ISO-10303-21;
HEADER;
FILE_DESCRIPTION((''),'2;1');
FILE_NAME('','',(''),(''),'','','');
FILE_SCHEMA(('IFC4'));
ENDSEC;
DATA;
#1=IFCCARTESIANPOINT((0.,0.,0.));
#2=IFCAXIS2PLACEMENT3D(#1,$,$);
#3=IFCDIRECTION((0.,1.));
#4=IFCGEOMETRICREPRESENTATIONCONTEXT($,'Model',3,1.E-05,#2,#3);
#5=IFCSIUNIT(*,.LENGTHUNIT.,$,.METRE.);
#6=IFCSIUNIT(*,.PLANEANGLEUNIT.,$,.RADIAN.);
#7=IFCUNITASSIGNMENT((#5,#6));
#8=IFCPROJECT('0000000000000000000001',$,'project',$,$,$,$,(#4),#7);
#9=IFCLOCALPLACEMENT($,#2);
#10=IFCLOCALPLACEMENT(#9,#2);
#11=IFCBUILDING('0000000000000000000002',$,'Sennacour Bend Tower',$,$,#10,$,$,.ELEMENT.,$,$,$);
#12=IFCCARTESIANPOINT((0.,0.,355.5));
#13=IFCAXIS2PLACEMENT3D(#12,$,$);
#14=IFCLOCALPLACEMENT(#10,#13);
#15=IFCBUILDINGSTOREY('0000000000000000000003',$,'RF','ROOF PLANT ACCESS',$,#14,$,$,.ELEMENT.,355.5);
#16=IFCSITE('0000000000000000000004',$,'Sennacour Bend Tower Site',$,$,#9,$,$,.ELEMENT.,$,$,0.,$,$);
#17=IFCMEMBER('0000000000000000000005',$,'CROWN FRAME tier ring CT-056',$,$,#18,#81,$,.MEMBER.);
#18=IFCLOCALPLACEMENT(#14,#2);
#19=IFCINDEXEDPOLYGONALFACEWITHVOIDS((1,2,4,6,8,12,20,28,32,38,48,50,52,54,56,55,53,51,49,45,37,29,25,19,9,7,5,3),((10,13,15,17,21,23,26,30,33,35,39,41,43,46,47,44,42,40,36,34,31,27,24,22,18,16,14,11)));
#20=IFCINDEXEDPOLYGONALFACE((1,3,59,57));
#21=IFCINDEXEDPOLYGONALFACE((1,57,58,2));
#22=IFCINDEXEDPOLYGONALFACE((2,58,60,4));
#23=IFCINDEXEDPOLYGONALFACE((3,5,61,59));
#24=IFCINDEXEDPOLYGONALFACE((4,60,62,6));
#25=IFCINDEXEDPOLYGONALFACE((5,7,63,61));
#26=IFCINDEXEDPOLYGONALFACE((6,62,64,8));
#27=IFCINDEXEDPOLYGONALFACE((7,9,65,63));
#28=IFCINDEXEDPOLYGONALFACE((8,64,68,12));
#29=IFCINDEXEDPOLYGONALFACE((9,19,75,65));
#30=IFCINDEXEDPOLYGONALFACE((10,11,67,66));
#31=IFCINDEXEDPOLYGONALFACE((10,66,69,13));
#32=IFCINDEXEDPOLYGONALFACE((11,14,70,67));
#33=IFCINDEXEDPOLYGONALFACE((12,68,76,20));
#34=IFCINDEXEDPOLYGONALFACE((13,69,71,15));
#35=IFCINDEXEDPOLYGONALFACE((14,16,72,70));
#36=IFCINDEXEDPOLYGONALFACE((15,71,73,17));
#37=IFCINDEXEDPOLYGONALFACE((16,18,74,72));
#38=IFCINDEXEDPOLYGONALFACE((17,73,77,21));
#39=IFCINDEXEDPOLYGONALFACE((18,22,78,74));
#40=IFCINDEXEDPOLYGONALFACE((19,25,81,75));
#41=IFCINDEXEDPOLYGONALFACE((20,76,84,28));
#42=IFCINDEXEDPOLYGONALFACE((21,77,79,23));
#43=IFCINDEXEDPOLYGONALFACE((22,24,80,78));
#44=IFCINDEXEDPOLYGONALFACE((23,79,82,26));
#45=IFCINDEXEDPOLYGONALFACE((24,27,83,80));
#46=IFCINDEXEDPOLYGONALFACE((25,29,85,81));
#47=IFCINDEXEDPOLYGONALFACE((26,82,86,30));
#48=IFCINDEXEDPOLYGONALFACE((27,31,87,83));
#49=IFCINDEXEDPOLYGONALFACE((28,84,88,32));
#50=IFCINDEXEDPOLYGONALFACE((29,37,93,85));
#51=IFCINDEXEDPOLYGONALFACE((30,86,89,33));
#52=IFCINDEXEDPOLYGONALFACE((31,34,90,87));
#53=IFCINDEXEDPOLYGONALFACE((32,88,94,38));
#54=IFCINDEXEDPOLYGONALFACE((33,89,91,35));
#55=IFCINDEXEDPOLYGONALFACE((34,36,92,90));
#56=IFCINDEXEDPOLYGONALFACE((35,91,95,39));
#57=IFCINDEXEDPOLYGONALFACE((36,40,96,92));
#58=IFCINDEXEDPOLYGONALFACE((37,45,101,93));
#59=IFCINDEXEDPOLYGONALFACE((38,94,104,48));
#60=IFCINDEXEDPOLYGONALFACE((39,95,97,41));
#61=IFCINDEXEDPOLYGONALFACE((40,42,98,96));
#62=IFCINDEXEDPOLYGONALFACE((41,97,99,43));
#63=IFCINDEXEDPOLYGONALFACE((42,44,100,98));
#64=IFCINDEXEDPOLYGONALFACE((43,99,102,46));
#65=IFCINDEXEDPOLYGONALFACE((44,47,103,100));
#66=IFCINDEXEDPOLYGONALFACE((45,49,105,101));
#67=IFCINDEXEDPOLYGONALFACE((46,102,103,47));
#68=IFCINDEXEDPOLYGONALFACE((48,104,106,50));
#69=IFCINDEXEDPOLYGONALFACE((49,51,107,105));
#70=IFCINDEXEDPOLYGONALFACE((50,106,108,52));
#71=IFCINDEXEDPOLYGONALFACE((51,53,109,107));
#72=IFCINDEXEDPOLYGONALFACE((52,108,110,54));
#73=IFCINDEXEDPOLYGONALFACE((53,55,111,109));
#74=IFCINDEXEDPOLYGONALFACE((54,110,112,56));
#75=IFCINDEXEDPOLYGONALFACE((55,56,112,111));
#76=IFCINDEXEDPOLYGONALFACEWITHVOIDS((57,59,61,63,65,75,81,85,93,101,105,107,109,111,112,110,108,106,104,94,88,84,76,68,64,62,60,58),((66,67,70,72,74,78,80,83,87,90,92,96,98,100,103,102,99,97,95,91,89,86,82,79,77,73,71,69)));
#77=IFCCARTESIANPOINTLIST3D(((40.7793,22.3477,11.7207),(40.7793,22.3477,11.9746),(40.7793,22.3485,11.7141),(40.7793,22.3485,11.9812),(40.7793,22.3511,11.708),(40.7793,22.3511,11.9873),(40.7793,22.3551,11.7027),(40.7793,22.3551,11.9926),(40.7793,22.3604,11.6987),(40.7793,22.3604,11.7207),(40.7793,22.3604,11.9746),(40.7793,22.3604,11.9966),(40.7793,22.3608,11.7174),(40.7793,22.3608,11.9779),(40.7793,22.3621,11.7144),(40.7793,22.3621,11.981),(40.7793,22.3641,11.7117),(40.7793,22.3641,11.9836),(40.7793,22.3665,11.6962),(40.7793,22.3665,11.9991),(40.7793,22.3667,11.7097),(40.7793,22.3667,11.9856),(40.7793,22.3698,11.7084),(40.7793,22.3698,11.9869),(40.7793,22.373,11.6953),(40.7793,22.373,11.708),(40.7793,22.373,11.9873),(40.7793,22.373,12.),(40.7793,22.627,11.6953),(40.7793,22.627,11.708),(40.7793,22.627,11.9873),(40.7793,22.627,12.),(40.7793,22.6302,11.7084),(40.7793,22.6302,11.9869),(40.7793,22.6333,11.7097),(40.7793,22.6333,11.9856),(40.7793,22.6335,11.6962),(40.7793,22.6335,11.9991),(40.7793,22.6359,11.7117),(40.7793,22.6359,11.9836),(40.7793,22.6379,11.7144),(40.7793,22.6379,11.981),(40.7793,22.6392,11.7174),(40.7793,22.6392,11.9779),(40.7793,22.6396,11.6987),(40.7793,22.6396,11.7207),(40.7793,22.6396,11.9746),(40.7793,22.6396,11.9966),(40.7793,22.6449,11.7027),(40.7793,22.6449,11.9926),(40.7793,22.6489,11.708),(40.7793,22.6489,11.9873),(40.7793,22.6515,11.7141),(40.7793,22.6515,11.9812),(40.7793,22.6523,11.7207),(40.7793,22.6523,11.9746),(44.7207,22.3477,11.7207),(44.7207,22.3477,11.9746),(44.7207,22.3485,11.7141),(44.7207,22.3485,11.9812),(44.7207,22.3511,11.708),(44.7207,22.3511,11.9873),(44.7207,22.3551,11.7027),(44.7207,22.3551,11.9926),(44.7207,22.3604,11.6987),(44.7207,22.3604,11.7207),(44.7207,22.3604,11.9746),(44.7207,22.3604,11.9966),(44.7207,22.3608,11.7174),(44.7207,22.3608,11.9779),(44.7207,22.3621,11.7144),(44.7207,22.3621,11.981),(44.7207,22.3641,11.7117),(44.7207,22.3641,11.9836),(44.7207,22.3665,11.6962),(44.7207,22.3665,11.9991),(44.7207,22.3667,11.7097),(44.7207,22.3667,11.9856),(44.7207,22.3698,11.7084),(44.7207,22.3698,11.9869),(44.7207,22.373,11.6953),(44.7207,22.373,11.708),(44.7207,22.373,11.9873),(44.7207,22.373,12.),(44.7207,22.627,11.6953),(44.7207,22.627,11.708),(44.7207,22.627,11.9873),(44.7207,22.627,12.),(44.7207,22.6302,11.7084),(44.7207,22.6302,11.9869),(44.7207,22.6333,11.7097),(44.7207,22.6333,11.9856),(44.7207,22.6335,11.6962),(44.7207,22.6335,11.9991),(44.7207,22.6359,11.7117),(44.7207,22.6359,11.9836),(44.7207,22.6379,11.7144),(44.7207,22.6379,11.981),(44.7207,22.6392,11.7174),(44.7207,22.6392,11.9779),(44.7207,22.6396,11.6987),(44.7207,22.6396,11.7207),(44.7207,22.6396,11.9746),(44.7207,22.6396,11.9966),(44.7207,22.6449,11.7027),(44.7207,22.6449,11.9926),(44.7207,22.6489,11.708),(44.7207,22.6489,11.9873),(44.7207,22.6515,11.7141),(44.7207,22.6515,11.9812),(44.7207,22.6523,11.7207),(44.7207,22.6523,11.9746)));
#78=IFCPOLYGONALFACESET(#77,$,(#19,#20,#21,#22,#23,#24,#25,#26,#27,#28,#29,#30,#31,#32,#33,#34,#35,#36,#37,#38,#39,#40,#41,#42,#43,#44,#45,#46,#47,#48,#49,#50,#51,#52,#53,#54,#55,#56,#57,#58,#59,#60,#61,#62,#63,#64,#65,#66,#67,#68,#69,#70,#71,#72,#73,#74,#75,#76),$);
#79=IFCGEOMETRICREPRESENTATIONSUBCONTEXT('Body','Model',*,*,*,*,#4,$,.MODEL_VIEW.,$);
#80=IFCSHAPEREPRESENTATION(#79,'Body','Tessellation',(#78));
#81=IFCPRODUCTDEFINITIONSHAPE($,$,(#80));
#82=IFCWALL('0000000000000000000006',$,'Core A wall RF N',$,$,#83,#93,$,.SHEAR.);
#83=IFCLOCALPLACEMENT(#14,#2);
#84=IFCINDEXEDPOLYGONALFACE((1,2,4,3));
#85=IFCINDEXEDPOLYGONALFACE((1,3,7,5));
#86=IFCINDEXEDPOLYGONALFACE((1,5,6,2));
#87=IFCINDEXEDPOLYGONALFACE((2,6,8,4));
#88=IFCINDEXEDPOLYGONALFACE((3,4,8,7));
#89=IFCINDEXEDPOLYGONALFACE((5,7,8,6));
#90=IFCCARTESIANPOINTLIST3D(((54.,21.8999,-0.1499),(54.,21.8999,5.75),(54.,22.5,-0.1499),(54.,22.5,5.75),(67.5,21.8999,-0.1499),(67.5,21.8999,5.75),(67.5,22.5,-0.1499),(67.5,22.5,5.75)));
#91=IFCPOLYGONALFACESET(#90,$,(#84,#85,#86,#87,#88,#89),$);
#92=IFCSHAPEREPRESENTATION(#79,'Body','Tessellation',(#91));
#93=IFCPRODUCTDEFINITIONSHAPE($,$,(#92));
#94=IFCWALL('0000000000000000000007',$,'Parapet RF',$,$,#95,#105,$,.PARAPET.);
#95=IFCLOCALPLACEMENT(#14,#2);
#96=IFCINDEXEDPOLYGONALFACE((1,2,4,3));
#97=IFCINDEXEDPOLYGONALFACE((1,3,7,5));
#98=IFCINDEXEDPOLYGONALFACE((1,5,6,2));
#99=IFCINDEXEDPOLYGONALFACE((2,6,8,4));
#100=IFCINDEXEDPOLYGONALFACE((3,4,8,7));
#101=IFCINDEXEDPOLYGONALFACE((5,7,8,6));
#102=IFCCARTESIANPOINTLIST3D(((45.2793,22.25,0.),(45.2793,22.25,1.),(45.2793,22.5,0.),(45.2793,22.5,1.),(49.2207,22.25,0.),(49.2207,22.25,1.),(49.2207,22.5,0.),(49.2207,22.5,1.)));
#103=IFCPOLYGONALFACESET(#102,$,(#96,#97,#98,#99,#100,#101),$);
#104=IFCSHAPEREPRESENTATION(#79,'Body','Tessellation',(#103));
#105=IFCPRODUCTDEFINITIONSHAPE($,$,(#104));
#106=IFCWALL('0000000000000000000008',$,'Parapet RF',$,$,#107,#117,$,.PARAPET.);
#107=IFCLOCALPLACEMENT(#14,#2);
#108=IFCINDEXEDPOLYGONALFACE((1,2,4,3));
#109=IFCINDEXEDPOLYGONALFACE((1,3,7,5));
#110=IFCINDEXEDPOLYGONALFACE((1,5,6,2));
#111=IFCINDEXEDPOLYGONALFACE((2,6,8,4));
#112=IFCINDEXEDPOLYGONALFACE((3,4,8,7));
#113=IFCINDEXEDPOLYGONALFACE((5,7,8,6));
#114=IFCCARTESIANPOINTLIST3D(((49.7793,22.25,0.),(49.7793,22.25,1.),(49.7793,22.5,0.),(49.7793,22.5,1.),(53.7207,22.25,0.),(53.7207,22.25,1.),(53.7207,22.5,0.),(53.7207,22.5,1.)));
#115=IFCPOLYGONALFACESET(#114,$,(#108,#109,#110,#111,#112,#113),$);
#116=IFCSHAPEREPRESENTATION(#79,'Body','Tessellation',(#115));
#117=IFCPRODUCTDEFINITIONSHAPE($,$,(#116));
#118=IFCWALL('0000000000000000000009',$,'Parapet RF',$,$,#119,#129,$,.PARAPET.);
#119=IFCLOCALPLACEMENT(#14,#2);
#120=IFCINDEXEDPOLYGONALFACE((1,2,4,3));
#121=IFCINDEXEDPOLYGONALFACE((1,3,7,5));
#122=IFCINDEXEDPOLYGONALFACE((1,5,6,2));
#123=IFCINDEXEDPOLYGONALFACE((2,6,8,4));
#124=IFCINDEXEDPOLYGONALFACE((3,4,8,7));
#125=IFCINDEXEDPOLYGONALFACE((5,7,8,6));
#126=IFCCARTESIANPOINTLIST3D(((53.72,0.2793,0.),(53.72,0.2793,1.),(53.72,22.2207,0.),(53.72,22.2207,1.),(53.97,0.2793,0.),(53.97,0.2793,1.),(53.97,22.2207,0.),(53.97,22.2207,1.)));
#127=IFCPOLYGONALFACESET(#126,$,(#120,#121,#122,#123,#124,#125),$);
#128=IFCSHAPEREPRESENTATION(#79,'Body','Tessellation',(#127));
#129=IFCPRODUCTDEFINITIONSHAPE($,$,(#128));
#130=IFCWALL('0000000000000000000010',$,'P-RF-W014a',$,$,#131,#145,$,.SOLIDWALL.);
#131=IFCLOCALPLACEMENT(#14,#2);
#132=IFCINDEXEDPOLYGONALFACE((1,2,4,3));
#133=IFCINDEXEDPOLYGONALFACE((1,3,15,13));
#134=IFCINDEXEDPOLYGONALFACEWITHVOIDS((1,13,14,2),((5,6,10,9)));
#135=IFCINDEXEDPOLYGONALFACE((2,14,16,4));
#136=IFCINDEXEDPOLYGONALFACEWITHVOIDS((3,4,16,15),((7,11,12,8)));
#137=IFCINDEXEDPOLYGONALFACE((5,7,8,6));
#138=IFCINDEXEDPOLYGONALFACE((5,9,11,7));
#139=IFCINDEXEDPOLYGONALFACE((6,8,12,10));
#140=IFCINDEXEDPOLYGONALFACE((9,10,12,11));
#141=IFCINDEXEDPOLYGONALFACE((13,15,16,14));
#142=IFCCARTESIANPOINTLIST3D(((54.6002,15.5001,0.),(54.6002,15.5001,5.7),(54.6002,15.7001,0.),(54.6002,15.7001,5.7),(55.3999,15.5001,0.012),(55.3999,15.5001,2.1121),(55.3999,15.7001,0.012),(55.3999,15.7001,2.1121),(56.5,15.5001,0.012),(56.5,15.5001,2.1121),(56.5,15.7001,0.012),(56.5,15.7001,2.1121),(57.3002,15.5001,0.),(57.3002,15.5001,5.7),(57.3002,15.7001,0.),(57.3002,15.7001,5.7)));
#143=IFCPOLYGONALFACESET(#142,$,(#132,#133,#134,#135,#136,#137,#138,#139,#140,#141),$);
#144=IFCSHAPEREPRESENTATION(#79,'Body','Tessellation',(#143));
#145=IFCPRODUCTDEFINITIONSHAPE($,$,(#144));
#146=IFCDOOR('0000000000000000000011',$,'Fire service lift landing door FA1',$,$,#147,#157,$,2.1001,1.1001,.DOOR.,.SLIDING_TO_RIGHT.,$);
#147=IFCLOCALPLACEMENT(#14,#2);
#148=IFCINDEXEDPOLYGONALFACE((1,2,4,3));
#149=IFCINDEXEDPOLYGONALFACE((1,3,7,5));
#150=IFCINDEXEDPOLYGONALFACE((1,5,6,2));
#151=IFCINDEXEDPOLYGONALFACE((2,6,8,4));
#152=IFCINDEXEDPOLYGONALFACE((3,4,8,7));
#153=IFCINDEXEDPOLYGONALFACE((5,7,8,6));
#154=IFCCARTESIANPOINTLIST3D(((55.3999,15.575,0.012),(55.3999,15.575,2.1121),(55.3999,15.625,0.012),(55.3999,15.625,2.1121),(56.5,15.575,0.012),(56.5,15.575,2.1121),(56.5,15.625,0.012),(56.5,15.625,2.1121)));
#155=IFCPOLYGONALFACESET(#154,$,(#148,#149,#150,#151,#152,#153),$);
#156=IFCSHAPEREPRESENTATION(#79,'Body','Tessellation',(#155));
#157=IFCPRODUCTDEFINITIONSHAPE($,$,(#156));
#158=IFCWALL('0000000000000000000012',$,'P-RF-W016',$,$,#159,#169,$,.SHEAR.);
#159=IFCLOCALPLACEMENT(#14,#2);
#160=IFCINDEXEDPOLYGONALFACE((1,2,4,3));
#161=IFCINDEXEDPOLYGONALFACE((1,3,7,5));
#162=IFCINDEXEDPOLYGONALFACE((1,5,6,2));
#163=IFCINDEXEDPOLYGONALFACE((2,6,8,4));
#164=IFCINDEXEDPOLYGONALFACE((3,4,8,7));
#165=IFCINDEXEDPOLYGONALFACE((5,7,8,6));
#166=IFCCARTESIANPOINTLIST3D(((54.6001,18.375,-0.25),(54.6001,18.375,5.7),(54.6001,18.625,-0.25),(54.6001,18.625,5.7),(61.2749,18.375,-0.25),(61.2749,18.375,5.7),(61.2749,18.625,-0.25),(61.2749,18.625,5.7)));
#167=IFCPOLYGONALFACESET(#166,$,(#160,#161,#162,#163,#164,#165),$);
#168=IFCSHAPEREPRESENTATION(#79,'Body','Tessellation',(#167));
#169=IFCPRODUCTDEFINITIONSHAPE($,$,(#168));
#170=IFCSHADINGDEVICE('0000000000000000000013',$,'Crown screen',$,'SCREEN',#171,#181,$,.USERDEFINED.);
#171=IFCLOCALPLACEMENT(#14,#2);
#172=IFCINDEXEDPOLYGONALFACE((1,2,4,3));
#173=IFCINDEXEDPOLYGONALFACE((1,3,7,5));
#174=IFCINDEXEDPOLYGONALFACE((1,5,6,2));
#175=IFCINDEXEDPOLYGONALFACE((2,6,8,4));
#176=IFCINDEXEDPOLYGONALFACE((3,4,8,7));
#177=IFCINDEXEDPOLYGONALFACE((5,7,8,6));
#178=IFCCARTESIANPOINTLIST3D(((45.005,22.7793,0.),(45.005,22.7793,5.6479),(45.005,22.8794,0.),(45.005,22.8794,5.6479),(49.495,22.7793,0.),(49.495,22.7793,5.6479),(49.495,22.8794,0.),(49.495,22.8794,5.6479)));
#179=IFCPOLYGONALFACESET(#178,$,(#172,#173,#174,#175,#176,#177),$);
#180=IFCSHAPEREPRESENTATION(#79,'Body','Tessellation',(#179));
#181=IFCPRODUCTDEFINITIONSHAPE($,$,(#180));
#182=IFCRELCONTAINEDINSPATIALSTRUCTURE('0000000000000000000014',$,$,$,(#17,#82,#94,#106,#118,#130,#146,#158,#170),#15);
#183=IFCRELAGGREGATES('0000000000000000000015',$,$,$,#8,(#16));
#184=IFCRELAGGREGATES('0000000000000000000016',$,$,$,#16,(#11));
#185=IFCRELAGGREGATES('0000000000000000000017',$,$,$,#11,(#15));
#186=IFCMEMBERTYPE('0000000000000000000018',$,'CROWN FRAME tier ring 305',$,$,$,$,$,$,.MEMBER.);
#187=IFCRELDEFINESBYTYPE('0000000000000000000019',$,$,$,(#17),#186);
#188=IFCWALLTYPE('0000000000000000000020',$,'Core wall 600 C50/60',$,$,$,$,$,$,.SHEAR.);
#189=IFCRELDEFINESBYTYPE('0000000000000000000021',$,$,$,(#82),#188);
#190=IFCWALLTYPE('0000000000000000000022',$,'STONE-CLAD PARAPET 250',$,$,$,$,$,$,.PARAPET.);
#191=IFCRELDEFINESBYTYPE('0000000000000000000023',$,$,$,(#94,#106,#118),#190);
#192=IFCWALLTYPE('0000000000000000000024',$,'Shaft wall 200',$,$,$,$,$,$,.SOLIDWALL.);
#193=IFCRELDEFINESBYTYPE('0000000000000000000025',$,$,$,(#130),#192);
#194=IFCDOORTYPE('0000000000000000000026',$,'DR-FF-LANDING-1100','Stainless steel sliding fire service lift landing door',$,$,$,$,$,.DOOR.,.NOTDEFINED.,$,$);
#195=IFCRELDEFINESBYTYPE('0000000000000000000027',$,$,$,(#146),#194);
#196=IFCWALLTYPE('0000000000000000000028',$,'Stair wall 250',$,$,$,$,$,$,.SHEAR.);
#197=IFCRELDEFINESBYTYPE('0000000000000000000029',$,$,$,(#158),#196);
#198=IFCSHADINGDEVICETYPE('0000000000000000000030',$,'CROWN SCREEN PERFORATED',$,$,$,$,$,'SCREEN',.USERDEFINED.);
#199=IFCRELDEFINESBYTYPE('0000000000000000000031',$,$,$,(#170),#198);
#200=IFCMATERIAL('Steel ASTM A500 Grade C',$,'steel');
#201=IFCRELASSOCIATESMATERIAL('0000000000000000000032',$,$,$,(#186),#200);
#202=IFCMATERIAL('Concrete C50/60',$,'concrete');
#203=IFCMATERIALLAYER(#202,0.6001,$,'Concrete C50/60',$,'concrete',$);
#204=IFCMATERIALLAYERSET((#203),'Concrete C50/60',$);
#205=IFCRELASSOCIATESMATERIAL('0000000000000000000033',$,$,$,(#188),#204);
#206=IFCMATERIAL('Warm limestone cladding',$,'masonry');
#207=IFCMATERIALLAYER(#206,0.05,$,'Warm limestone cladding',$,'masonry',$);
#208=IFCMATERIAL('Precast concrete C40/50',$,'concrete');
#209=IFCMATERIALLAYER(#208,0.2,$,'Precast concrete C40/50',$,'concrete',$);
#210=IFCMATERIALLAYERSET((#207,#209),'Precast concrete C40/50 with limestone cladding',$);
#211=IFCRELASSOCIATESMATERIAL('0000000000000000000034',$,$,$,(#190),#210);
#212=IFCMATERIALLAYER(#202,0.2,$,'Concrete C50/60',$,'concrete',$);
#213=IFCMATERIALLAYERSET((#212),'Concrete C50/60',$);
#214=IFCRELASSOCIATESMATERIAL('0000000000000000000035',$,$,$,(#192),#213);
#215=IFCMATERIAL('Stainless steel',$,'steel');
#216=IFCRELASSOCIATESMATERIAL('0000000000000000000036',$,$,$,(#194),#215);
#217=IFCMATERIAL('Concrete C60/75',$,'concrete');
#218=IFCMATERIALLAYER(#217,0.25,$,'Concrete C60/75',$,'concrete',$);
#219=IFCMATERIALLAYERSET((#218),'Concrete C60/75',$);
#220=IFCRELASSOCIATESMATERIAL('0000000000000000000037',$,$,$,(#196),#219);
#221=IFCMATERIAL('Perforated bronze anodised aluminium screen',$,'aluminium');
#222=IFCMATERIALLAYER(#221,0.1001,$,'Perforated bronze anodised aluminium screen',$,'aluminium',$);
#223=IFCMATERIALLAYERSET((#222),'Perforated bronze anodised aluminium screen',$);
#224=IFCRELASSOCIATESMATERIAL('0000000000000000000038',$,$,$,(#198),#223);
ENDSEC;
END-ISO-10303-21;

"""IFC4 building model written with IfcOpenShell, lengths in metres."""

from ifc_helpers import new_model, si_unit, direction, frame, frame_2d, origin, origin_2d, place, context, subcontext, project, spatial, rectangle, hollow_rectangle, extrude, material, layer, layer_set, material_profile, profile_set, type_object, element, fill, save


model = new_model("IFC4")

# Units and contexts
model_context = context("Model", 3, precision=1e-05, world=origin(), true_north=direction((0.0, 1.0)))
body_context = subcontext(model_context, "Body", "Model", "MODEL_VIEW")
ifc_project = project(units=[si_unit("LENGTHUNIT", "METRE"), si_unit("PLANEANGLEUNIT", "RADIAN")], contexts=[model_context])

# Site, building, storey
site_placement = place(None, origin())
site = spatial("IfcSite", under=ifc_project, at=site_placement, Name="Sennacour Bend Tower Site", CompositionType="ELEMENT", RefElevation=0.0)
building_placement = place(site_placement, origin())
building = spatial("IfcBuilding", under=site, at=building_placement, Name="Sennacour Bend Tower", CompositionType="ELEMENT")
storey_placement = place(building_placement, frame((0.0, 0.0, 355.5)))
storey = spatial("IfcBuildingStorey", under=building, at=storey_placement, Name="RF", Description="ROOF PLANT ACCESS", CompositionType="ELEMENT", Elevation=355.5)

# Shared definitions
ifc_material_1 = material(Name="Steel ASTM A500 Grade C", Category="steel")

# Member
ifc_material_profile_1 = material_profile(ifc_material_1, hollow_rectangle(XDim=0.3047, YDim=0.3047, WallThickness=0.0127, InnerFilletRadius=0.0127, OuterFilletRadius=0.0254, at=origin_2d()), Name="Steel ASTM A500 Grade C", Category="steel")
ifc_profile_set_1 = profile_set([ifc_material_profile_1], Name="Steel ASTM A500 Grade C")
member_type_1 = type_object("IfcMemberType", Name="CROWN FRAME tier ring 305", PredefinedType="MEMBER", material=ifc_profile_set_1)
for number, where, z_axis, x_axis, name in (
    (1, (44.7207, 22.5, 11.8477), (-1.0, 0.0, 0.0), (0.0, -1.0, 0.0), "CROWN FRAME tier ring CT-056"),
):
    element("IfcMember", number, at=place(storey_placement, frame(where, z_axis=z_axis, x_axis=x_axis)), inside=storey, type_object=member_type_1, Name=name, PredefinedType="MEMBER", context=body_context, shape_type="SweptSolid", body=[
        extrude(hollow_rectangle(XDim=0.3047, YDim=0.3047, WallThickness=0.0127, InnerFilletRadius=0.0127, OuterFilletRadius=0.0254, at=origin_2d()), origin(), (0.0, 0.0, 1.0), 3.9414),
    ])

# Walls
ifc_material_2 = material(Name="Concrete C50/60", Category="concrete")
ifc_layer_1 = layer(ifc_material_2, 0.6001, Name="Concrete C50/60", Category="concrete")
ifc_layer_set_1 = layer_set([ifc_layer_1], Name="Concrete C50/60")
wall_type_1 = type_object("IfcWallType", Name="Core wall 600 C50/60", PredefinedType="SHEAR", material=ifc_layer_set_1)
wall_1_placement = place(storey_placement, frame((54.0, 22.2, -0.1499), z_axis=(0.0, 0.0, 1.0), x_axis=(1.0, 0.0, 0.0)))
element("IfcWall", 2, at=wall_1_placement, inside=storey, type_object=wall_type_1, Name="Core A wall RF N", PredefinedType="SHEAR", context=body_context, shape_type="SweptSolid", body=[
    extrude(rectangle(XDim=13.5, YDim=0.6001, at=frame_2d((6.75, 0.0))), origin(), (0.0, 0.0, 1.0), 5.8999),
])
ifc_material_3 = material(Name="Warm limestone cladding", Category="masonry")
ifc_layer_2 = layer(ifc_material_3, 0.05, Name="Warm limestone cladding", Category="masonry")
ifc_material_4 = material(Name="Precast concrete C40/50", Category="concrete")
ifc_layer_3 = layer(ifc_material_4, 0.2, Name="Precast concrete C40/50", Category="concrete")
ifc_layer_set_2 = layer_set([ifc_layer_2, ifc_layer_3], Name="Precast concrete C40/50 with limestone cladding")
wall_type_2 = type_object("IfcWallType", Name="STONE-CLAD PARAPET 250", PredefinedType="PARAPET", material=ifc_layer_set_2)
for number, where, z_axis, x_axis, name in (
    (3, (45.2793, 22.375, 0.0), (0.0, 0.0, 1.0), (1.0, 0.0, 0.0), "Parapet RF"),
    (4, (49.7793, 22.375, 0.0), (0.0, 0.0, 1.0), (1.0, 0.0, 0.0), "Parapet RF"),
):
    element("IfcWall", number, at=place(storey_placement, frame(where, z_axis=z_axis, x_axis=x_axis)), inside=storey, type_object=wall_type_2, Name=name, PredefinedType="PARAPET", context=body_context, shape_type="SweptSolid", body=[
        extrude(rectangle(XDim=3.9414, YDim=0.25, at=frame_2d((1.9707, 0.0))), origin(), (0.0, 0.0, 1.0), 1.0),
    ])
wall_2_placement = place(storey_placement, frame((53.845, 22.2207, 0.0), z_axis=(0.0, 0.0, 1.0), x_axis=(0.0, -1.0, 0.0)))
element("IfcWall", 5, at=wall_2_placement, inside=storey, type_object=wall_type_2, Name="Parapet RF", PredefinedType="PARAPET", context=body_context, shape_type="SweptSolid", body=[
    extrude(rectangle(XDim=21.9414, YDim=0.25, at=frame_2d((10.9707, 0.0))), origin(), (0.0, 0.0, 1.0), 1.0),
])

# Wall, opening, door
ifc_layer_4 = layer(ifc_material_2, 0.2, Name="Concrete C50/60", Category="concrete")
ifc_layer_set_3 = layer_set([ifc_layer_4], Name="Concrete C50/60")
wall_type_3 = type_object("IfcWallType", Name="Shaft wall 200", PredefinedType="SOLIDWALL", material=ifc_layer_set_3)
wall_3_placement = place(storey_placement, frame((54.6001, 15.6001, 0.0), z_axis=(0.0, 0.0, 1.0), x_axis=(1.0, 0.0, 0.0)))
wall_3 = element("IfcWall", 6, at=wall_3_placement, inside=storey, type_object=wall_type_3, Name="P-RF-W014a", PredefinedType="SOLIDWALL", context=body_context, shape_type="SweptSolid", body=[
    extrude(rectangle(XDim=2.7, YDim=0.2, at=frame_2d((1.3501, 0.0))), origin(), (0.0, 0.0, 1.0), 5.7),
])
opening_placement = place(wall_3_placement, frame((0.7998, 0.0, 0.012)))
opening = element("IfcOpeningElement", 7, at=opening_placement, cuts=wall_3, PredefinedType="OPENING", context=body_context, shape_type="SweptSolid", body=[
    extrude(rectangle(XDim=1.1001, YDim=2.1001, at=frame_2d((0.55, 1.05))), frame((0.0, 0.1099, 0.0), z_axis=(0.0, -1.0, 0.0), x_axis=(1.0, 0.0, 0.0)), (0.0, 0.0, 1.0), 0.22),
])
ifc_material_5 = material(Name="Stainless steel", Category="steel")
door_type = type_object("IfcDoorType", Name="DR-FF-LANDING-1100", Description="Stainless steel sliding fire service lift landing door", OperationType="NOTDEFINED", PredefinedType="DOOR", material=ifc_material_5)
door_placement = place(opening_placement, origin())
door = element("IfcDoor", 8, at=door_placement, inside=storey, type_object=door_type, Name="Fire service lift landing door FA1", OperationType="SLIDING_TO_RIGHT", OverallHeight=2.1001, OverallWidth=1.1001, PredefinedType="DOOR", context=body_context, shape_type="SweptSolid", body=[
    extrude(rectangle(XDim=1.1001, YDim=2.1001, at=frame_2d((0.55, 1.05))), frame((0.0, 0.0249, 0.0), z_axis=(0.0, -1.0, 0.0), x_axis=(1.0, 0.0, 0.0)), (0.0, 0.0, 1.0), 0.05),
])
fill(opening, door)

# Wall
ifc_material_6 = material(Name="Concrete C60/75", Category="concrete")
ifc_layer_5 = layer(ifc_material_6, 0.25, Name="Concrete C60/75", Category="concrete")
ifc_layer_set_4 = layer_set([ifc_layer_5], Name="Concrete C60/75")
wall_type_4 = type_object("IfcWallType", Name="Stair wall 250", PredefinedType="SHEAR", material=ifc_layer_set_4)
wall_4_placement = place(storey_placement, frame((54.6001, 18.5, -0.25), z_axis=(0.0, 0.0, 1.0), x_axis=(1.0, 0.0, 0.0)))
element("IfcWall", 9, at=wall_4_placement, inside=storey, type_object=wall_type_4, Name="P-RF-W016", PredefinedType="SHEAR", context=body_context, shape_type="SweptSolid", body=[
    extrude(rectangle(XDim=6.6748, YDim=0.25, at=frame_2d((3.3374, 0.0))), origin(), (0.0, 0.0, 1.0), 5.95),
])

# Shading device
ifc_material_7 = material(Name="Perforated bronze anodised aluminium screen", Category="aluminium")
ifc_layer_6 = layer(ifc_material_7, 0.1001, Name="Perforated bronze anodised aluminium screen", Category="aluminium")
ifc_layer_set_5 = layer_set([ifc_layer_6], Name="Perforated bronze anodised aluminium screen")
shading_device_type = type_object("IfcShadingDeviceType", Name="CROWN SCREEN PERFORATED", ElementType="SCREEN", PredefinedType="USERDEFINED", material=ifc_layer_set_5)
shading_device_1_placement = place(storey_placement, frame((47.25, 22.8293, 0.0), z_axis=(0.0, 0.0, 1.0), x_axis=(1.0, 0.0, 0.0)))
element("IfcShadingDevice", 10, at=shading_device_1_placement, inside=storey, type_object=shading_device_type, Name="Crown screen", ObjectType="SCREEN", PredefinedType="USERDEFINED", context=body_context, shape_type="SweptSolid", body=[
    extrude(rectangle(XDim=4.49, YDim=0.1001, at=origin_2d()), origin(), (0.0, 0.0, 1.0), 5.6479),
])

save(model, "model.ifc")
